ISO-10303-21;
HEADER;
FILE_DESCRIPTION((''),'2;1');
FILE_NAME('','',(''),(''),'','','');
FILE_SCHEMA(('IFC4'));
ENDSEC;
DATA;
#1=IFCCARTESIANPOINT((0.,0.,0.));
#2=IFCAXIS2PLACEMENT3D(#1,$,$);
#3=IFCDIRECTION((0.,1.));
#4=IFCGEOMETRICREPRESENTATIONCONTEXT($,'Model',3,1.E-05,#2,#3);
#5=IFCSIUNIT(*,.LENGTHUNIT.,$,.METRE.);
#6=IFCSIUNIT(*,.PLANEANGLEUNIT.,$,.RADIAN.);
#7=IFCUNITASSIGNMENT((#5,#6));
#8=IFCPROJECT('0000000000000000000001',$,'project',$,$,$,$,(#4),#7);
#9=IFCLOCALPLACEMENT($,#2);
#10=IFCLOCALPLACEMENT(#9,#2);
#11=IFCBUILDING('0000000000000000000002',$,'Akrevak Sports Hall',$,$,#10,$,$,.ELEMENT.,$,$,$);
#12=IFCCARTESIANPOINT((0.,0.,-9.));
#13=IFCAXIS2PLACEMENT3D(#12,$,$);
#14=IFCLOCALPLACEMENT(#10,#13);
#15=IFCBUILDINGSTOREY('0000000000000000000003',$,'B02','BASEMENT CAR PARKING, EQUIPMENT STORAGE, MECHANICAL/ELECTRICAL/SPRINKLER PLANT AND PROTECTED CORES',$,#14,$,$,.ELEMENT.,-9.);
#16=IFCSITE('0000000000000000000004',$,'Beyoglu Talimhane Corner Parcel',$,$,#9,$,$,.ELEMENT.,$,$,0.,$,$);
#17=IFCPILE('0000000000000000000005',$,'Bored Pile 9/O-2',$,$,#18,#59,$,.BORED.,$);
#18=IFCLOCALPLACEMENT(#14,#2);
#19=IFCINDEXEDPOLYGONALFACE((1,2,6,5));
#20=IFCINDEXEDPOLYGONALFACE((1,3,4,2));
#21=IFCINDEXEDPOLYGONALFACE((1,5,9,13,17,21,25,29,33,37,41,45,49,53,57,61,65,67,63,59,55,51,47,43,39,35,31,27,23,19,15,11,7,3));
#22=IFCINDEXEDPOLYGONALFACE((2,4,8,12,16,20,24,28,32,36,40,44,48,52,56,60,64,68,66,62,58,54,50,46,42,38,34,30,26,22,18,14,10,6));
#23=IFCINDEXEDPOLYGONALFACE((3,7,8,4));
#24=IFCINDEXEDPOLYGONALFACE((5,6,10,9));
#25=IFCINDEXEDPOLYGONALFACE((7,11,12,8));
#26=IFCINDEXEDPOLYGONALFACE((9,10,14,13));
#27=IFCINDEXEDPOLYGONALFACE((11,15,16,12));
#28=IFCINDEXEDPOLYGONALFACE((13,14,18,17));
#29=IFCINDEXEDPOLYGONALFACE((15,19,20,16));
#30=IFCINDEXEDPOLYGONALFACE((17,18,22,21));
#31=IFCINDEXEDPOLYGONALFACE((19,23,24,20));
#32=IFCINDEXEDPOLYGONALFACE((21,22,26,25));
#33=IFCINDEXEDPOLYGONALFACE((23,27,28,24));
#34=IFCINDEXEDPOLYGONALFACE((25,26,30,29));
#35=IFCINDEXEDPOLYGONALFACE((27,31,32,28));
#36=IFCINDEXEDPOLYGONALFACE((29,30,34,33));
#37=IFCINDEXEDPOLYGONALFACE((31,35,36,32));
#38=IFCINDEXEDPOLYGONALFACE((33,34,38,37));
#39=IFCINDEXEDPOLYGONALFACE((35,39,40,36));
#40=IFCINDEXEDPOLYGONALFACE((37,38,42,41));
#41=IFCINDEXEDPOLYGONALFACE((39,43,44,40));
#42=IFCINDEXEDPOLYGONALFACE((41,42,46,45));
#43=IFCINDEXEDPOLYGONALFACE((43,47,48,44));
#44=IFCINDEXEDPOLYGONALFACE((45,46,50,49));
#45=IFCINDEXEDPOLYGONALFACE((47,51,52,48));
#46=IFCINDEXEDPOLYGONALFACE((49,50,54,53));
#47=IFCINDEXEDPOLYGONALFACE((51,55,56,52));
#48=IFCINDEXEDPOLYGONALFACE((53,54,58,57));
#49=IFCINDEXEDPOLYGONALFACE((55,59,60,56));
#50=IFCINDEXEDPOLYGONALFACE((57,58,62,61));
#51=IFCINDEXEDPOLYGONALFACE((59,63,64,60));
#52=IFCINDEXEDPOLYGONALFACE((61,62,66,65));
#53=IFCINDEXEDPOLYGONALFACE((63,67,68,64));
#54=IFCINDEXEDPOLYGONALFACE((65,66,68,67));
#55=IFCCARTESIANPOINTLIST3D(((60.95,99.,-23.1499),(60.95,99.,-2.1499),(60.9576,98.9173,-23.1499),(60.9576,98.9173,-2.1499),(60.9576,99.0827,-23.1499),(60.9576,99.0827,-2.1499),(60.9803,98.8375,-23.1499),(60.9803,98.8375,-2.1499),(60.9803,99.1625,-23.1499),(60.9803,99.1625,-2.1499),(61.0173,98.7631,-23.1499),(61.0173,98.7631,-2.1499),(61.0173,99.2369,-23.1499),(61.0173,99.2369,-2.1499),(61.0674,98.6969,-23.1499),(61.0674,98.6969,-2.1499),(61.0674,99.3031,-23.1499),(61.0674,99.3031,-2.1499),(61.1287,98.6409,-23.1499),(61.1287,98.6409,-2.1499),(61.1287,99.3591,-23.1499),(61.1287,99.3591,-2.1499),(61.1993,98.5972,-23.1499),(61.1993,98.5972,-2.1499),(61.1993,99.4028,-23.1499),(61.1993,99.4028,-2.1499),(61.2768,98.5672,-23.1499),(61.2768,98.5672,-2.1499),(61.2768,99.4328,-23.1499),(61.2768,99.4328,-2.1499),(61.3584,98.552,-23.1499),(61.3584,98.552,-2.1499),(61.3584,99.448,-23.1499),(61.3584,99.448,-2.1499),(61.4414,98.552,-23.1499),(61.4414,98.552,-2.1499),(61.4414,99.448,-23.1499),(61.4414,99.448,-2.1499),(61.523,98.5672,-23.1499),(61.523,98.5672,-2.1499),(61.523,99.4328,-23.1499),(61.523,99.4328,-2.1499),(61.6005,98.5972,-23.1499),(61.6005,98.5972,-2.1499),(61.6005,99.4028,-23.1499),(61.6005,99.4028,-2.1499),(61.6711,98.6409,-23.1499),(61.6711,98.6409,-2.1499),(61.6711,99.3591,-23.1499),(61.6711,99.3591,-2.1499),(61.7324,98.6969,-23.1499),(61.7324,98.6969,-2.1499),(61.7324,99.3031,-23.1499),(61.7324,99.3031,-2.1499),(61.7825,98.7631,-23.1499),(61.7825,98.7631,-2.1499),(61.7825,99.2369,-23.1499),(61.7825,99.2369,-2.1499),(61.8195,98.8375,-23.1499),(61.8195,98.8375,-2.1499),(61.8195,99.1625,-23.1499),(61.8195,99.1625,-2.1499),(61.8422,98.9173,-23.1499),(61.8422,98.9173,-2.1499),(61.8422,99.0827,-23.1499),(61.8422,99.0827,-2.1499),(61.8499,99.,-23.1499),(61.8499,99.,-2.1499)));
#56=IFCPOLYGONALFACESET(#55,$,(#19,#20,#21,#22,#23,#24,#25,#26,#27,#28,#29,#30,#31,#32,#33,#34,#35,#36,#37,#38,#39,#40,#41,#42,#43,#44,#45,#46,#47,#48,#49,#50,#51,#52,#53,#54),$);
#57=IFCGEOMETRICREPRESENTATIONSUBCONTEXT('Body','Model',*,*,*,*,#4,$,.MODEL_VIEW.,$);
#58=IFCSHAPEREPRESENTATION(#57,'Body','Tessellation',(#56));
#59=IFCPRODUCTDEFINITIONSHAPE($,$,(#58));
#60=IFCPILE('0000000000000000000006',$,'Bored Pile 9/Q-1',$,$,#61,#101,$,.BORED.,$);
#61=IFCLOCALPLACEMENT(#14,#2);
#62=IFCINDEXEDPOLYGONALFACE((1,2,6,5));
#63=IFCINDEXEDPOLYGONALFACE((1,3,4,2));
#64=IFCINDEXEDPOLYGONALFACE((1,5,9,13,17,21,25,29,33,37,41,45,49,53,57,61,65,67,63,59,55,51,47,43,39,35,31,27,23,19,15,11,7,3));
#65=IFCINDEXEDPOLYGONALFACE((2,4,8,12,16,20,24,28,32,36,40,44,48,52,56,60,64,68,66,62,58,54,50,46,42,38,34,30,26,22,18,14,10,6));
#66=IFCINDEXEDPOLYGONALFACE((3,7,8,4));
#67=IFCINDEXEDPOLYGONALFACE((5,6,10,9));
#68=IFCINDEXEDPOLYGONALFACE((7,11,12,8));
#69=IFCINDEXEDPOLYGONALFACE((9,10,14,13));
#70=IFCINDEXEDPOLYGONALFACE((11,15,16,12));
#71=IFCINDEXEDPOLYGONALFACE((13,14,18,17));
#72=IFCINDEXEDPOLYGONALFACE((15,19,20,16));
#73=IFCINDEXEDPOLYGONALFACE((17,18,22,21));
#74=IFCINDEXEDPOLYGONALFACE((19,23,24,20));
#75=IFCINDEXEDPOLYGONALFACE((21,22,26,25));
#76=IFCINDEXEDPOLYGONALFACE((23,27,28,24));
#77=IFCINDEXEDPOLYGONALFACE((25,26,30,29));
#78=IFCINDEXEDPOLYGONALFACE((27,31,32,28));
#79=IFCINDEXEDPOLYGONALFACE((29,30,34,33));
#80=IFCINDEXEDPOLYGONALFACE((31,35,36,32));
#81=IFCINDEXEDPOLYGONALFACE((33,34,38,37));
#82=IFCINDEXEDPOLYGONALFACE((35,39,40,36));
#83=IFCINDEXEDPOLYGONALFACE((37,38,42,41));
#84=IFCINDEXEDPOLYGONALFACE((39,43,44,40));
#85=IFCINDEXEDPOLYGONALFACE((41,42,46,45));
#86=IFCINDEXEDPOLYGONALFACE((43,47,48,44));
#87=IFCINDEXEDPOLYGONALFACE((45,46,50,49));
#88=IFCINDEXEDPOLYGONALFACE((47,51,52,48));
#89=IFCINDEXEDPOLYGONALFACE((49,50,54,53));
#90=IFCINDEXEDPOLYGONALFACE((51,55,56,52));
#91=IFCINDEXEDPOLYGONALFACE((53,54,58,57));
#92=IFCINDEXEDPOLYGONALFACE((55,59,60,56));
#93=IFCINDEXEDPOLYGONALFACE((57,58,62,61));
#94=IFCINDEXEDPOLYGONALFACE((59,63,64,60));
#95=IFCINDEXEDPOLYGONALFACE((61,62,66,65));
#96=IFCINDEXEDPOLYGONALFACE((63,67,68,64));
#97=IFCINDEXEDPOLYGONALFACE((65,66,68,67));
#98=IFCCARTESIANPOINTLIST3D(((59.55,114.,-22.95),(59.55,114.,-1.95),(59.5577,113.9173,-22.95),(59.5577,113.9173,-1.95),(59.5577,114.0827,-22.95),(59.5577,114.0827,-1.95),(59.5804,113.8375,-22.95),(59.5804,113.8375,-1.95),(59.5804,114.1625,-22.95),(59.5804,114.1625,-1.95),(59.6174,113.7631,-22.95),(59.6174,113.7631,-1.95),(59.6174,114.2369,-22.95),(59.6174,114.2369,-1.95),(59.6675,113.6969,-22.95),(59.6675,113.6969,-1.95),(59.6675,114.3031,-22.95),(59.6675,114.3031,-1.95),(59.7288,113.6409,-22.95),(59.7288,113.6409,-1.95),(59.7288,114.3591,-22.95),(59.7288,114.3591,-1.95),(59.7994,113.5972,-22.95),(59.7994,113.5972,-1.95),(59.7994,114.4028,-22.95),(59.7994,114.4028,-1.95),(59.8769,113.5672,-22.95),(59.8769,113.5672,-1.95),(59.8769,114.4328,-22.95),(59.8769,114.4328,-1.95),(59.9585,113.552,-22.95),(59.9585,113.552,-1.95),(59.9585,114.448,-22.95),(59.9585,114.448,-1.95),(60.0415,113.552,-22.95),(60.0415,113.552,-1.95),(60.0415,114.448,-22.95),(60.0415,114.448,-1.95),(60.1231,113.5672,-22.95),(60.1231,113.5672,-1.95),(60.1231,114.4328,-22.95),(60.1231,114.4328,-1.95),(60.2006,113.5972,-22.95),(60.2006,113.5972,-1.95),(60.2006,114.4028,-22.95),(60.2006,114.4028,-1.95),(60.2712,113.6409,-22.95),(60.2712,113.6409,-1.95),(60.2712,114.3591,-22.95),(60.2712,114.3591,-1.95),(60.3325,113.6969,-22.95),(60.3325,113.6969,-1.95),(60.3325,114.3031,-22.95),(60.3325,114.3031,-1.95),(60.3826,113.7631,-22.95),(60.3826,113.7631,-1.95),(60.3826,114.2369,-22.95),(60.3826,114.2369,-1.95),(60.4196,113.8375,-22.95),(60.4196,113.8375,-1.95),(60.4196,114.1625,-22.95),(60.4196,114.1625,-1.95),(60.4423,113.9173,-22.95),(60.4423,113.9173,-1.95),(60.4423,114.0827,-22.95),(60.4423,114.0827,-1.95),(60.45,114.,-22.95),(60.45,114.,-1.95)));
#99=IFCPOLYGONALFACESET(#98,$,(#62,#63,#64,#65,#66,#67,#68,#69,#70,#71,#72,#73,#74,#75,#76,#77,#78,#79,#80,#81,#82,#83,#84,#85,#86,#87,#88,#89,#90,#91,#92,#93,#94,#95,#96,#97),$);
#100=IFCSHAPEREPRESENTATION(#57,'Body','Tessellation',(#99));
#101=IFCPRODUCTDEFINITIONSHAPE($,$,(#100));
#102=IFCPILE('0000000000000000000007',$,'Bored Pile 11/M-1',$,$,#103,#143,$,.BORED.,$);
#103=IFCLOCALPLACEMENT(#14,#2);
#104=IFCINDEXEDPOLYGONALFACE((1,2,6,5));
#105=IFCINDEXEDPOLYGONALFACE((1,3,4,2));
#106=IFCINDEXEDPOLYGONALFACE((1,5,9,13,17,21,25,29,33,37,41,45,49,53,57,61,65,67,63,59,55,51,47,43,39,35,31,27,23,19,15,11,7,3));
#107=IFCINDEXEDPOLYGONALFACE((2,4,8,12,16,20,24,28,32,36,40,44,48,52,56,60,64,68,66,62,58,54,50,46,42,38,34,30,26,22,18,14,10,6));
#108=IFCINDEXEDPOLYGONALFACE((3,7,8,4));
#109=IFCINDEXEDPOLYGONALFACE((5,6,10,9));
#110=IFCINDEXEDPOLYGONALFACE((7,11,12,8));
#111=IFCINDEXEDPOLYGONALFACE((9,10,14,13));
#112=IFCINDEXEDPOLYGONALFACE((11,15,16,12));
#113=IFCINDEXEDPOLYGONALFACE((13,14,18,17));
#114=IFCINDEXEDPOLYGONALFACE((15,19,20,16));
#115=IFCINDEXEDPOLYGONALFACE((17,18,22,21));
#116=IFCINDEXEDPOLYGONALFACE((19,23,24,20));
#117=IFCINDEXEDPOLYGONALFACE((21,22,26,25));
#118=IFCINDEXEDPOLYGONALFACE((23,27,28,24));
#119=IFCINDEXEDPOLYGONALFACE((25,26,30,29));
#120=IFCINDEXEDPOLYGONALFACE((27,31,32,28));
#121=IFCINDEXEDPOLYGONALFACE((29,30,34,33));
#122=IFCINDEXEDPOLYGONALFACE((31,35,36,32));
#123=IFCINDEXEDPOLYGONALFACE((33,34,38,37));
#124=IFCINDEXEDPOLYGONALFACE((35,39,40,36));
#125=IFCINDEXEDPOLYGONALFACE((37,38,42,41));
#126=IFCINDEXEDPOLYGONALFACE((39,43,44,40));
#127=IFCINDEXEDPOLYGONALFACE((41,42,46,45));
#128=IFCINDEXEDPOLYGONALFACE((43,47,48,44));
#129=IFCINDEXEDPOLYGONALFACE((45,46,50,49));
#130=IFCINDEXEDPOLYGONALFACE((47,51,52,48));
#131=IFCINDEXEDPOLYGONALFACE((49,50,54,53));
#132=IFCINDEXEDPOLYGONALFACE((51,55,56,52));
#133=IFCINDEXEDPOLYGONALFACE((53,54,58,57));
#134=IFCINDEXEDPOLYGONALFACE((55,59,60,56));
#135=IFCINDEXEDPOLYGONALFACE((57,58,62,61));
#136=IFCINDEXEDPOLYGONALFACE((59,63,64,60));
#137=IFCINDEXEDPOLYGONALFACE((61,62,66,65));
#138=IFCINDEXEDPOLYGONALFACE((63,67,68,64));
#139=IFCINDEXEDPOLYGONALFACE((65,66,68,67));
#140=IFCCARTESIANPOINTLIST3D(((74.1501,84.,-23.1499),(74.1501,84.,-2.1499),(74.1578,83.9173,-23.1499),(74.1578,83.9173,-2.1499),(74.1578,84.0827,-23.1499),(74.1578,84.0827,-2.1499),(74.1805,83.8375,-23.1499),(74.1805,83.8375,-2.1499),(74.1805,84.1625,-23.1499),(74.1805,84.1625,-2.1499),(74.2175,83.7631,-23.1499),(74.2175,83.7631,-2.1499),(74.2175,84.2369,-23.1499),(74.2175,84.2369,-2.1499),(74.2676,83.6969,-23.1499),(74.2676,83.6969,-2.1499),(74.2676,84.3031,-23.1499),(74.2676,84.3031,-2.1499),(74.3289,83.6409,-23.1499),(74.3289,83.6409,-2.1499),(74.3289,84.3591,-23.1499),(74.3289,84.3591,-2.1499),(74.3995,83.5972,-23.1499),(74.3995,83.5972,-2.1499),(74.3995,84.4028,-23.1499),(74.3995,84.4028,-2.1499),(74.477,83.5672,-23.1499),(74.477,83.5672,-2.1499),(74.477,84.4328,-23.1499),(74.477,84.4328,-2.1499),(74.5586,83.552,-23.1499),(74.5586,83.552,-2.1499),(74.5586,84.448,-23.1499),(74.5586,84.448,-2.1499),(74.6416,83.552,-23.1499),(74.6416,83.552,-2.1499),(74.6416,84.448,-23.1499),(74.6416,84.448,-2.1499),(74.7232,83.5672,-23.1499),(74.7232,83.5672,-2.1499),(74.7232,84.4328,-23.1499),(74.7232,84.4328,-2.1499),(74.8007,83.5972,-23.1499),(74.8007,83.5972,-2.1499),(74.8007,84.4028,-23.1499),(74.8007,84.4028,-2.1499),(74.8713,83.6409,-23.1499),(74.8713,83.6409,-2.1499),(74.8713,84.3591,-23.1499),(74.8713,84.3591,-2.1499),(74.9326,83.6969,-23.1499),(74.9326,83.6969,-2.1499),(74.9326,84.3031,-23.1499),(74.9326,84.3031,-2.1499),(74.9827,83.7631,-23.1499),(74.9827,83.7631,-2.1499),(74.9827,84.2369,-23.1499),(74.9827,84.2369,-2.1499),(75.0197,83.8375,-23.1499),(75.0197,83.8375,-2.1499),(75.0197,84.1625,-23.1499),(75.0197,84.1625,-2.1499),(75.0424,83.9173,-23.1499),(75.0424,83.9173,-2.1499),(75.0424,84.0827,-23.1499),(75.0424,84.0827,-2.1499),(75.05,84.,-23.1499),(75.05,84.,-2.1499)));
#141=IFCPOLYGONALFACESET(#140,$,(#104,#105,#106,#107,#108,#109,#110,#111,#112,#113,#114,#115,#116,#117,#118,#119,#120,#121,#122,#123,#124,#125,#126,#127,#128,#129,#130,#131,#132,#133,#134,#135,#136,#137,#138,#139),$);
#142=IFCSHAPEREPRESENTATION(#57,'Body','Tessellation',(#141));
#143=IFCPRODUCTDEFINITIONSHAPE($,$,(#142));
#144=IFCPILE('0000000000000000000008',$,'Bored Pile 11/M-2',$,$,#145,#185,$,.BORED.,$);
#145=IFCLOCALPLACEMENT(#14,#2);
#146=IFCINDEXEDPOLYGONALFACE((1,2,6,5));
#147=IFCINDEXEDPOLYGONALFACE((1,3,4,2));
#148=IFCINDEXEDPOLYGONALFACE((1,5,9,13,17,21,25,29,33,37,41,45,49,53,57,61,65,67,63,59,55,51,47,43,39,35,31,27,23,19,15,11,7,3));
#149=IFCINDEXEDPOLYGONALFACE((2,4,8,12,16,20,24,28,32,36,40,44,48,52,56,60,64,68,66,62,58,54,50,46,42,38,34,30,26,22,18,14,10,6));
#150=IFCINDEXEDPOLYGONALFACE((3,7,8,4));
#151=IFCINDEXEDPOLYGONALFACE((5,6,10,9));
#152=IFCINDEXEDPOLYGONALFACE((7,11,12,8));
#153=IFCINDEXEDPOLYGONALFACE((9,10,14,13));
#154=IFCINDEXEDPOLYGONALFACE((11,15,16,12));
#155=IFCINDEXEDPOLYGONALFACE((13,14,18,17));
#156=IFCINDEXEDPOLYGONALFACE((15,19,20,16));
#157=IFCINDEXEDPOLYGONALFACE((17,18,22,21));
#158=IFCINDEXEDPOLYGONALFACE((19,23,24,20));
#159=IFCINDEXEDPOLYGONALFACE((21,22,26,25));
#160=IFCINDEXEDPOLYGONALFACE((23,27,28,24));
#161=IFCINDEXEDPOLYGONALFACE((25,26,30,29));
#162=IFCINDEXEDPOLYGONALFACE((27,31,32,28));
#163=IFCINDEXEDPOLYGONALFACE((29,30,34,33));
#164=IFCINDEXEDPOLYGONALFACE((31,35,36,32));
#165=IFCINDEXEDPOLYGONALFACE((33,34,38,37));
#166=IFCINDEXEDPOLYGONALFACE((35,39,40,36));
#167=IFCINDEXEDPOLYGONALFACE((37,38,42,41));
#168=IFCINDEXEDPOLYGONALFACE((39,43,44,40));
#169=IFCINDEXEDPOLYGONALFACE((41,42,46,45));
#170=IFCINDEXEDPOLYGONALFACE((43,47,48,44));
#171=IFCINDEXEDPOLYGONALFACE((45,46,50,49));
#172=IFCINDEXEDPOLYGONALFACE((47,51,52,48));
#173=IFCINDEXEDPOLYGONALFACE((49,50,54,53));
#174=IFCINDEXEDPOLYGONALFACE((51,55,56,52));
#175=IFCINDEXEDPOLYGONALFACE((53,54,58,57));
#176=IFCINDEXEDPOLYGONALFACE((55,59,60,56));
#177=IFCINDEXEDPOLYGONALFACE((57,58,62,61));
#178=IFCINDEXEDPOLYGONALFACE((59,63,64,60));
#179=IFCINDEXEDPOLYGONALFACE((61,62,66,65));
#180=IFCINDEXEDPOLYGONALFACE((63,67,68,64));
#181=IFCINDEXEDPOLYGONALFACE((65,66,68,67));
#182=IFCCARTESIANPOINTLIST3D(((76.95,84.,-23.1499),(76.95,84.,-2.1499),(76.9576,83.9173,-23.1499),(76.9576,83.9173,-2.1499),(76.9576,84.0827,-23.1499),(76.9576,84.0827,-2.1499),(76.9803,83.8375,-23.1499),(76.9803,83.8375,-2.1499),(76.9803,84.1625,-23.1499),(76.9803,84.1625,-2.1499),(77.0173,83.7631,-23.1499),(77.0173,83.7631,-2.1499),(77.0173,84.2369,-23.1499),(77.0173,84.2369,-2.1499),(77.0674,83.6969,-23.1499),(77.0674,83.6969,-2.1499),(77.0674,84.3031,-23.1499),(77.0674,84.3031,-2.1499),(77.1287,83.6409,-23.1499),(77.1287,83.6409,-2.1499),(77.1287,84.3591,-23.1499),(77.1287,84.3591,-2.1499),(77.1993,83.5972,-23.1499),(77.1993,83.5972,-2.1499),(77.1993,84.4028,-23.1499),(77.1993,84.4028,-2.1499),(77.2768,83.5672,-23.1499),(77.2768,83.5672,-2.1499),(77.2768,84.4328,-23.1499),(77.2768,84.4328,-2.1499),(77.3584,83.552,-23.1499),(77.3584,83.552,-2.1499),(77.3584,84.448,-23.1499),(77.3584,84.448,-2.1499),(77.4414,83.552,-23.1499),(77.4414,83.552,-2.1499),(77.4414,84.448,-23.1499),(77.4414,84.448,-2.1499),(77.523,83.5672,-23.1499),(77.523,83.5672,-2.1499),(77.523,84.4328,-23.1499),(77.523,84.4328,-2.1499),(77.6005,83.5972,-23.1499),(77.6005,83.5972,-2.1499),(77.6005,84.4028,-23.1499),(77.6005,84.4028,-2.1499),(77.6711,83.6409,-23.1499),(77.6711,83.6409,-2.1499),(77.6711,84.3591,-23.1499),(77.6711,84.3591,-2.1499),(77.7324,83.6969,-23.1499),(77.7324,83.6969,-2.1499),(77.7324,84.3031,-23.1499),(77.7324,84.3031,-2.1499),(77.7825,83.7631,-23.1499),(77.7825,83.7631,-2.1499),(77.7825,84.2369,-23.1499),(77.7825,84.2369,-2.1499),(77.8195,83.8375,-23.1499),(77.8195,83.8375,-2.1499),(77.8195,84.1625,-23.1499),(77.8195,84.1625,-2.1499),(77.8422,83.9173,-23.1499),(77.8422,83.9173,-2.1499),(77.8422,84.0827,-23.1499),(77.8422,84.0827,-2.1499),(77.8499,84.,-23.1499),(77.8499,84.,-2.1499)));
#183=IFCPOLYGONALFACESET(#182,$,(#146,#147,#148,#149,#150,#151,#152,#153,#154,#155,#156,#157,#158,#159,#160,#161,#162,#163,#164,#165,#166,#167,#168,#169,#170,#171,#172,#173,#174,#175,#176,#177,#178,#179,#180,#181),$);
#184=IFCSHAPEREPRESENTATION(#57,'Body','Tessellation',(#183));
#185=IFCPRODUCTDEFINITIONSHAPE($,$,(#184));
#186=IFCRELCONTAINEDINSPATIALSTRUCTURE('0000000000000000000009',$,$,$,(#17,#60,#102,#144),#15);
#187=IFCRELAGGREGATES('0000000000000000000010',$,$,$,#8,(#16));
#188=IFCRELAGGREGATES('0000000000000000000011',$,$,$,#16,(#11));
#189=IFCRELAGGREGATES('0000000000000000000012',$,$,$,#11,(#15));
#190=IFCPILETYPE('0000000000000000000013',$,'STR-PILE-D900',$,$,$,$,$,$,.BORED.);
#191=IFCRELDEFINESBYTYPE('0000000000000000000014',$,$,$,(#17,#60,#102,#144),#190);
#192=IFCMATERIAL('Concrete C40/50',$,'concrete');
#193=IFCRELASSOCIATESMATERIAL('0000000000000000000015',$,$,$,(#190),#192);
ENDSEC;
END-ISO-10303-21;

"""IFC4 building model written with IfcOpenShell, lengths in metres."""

from ifc_helpers import new_model, si_unit, direction, frame, origin, origin_2d, place, context, subcontext, project, spatial, circle, extrude, material, material_profile, profile_set, type_object, element, save


model = new_model("IFC4")

# Units and contexts
model_context = context("Model", 3, precision=1e-05, world=origin(), true_north=direction((0.0, 1.0)))
body_context = subcontext(model_context, "Body", "Model", "MODEL_VIEW")
ifc_project = project(units=[si_unit("LENGTHUNIT", "METRE"), si_unit("PLANEANGLEUNIT", "RADIAN")], contexts=[model_context])

# Site, building, storey
site_placement = place(None, origin())
site = spatial("IfcSite", under=ifc_project, at=site_placement, Name="Beyoglu Talimhane Corner Parcel", CompositionType="ELEMENT", RefElevation=0.0)
building_placement = place(site_placement, origin())
building = spatial("IfcBuilding", under=site, at=building_placement, Name="Akrevak Sports Hall", CompositionType="ELEMENT")
storey_placement = place(building_placement, frame((0.0, 0.0, -9.0)))
storey = spatial("IfcBuildingStorey", under=building, at=storey_placement, Name="B02", Description="BASEMENT CAR PARKING, EQUIPMENT STORAGE, MECHANICAL/ELECTRICAL/SPRINKLER PLANT AND PROTECTED CORES", CompositionType="ELEMENT", Elevation=-9.0)

# Shared definitions
ifc_material_1 = material(Name="Concrete C40/50", Category="concrete")

# Piles
ifc_material_profile_1 = material_profile(ifc_material_1, circle(Radius=0.45, at=origin_2d()), Name="BORED PILE D900", Category="concrete")
ifc_profile_set_1 = profile_set([ifc_material_profile_1], Name="Concrete C40/50")
pile_type = type_object("IfcPileType", Name="STR-PILE-D900", PredefinedType="BORED", material=ifc_profile_set_1)
for number, where, z_axis, x_axis, name in (
    (1, (61.3999, 99.0, -2.1499), (0.0, 0.0, -1.0), (1.0, 0.0, 0.0), "Bored Pile 9/O-2"),
    (2, (60.0, 114.0, -1.95), (0.0, 0.0, -1.0), (1.0, 0.0, 0.0), "Bored Pile 9/Q-1"),
    (3, (74.6001, 84.0, -2.1499), (0.0, 0.0, -1.0), (1.0, 0.0, 0.0), "Bored Pile 11/M-1"),
    (4, (77.3999, 84.0, -2.1499), (0.0, 0.0, -1.0), (1.0, 0.0, 0.0), "Bored Pile 11/M-2"),
):
    element("IfcPile", number, at=place(storey_placement, frame(where, z_axis=z_axis, x_axis=x_axis)), inside=storey, type_object=pile_type, Name=name, PredefinedType="BORED", context=body_context, shape_type="SweptSolid", body=[
        extrude(circle(Radius=0.45, at=origin_2d()), origin(), (0.0, 0.0, 1.0), 21.0),
    ])

save(model, "model.ifc")
